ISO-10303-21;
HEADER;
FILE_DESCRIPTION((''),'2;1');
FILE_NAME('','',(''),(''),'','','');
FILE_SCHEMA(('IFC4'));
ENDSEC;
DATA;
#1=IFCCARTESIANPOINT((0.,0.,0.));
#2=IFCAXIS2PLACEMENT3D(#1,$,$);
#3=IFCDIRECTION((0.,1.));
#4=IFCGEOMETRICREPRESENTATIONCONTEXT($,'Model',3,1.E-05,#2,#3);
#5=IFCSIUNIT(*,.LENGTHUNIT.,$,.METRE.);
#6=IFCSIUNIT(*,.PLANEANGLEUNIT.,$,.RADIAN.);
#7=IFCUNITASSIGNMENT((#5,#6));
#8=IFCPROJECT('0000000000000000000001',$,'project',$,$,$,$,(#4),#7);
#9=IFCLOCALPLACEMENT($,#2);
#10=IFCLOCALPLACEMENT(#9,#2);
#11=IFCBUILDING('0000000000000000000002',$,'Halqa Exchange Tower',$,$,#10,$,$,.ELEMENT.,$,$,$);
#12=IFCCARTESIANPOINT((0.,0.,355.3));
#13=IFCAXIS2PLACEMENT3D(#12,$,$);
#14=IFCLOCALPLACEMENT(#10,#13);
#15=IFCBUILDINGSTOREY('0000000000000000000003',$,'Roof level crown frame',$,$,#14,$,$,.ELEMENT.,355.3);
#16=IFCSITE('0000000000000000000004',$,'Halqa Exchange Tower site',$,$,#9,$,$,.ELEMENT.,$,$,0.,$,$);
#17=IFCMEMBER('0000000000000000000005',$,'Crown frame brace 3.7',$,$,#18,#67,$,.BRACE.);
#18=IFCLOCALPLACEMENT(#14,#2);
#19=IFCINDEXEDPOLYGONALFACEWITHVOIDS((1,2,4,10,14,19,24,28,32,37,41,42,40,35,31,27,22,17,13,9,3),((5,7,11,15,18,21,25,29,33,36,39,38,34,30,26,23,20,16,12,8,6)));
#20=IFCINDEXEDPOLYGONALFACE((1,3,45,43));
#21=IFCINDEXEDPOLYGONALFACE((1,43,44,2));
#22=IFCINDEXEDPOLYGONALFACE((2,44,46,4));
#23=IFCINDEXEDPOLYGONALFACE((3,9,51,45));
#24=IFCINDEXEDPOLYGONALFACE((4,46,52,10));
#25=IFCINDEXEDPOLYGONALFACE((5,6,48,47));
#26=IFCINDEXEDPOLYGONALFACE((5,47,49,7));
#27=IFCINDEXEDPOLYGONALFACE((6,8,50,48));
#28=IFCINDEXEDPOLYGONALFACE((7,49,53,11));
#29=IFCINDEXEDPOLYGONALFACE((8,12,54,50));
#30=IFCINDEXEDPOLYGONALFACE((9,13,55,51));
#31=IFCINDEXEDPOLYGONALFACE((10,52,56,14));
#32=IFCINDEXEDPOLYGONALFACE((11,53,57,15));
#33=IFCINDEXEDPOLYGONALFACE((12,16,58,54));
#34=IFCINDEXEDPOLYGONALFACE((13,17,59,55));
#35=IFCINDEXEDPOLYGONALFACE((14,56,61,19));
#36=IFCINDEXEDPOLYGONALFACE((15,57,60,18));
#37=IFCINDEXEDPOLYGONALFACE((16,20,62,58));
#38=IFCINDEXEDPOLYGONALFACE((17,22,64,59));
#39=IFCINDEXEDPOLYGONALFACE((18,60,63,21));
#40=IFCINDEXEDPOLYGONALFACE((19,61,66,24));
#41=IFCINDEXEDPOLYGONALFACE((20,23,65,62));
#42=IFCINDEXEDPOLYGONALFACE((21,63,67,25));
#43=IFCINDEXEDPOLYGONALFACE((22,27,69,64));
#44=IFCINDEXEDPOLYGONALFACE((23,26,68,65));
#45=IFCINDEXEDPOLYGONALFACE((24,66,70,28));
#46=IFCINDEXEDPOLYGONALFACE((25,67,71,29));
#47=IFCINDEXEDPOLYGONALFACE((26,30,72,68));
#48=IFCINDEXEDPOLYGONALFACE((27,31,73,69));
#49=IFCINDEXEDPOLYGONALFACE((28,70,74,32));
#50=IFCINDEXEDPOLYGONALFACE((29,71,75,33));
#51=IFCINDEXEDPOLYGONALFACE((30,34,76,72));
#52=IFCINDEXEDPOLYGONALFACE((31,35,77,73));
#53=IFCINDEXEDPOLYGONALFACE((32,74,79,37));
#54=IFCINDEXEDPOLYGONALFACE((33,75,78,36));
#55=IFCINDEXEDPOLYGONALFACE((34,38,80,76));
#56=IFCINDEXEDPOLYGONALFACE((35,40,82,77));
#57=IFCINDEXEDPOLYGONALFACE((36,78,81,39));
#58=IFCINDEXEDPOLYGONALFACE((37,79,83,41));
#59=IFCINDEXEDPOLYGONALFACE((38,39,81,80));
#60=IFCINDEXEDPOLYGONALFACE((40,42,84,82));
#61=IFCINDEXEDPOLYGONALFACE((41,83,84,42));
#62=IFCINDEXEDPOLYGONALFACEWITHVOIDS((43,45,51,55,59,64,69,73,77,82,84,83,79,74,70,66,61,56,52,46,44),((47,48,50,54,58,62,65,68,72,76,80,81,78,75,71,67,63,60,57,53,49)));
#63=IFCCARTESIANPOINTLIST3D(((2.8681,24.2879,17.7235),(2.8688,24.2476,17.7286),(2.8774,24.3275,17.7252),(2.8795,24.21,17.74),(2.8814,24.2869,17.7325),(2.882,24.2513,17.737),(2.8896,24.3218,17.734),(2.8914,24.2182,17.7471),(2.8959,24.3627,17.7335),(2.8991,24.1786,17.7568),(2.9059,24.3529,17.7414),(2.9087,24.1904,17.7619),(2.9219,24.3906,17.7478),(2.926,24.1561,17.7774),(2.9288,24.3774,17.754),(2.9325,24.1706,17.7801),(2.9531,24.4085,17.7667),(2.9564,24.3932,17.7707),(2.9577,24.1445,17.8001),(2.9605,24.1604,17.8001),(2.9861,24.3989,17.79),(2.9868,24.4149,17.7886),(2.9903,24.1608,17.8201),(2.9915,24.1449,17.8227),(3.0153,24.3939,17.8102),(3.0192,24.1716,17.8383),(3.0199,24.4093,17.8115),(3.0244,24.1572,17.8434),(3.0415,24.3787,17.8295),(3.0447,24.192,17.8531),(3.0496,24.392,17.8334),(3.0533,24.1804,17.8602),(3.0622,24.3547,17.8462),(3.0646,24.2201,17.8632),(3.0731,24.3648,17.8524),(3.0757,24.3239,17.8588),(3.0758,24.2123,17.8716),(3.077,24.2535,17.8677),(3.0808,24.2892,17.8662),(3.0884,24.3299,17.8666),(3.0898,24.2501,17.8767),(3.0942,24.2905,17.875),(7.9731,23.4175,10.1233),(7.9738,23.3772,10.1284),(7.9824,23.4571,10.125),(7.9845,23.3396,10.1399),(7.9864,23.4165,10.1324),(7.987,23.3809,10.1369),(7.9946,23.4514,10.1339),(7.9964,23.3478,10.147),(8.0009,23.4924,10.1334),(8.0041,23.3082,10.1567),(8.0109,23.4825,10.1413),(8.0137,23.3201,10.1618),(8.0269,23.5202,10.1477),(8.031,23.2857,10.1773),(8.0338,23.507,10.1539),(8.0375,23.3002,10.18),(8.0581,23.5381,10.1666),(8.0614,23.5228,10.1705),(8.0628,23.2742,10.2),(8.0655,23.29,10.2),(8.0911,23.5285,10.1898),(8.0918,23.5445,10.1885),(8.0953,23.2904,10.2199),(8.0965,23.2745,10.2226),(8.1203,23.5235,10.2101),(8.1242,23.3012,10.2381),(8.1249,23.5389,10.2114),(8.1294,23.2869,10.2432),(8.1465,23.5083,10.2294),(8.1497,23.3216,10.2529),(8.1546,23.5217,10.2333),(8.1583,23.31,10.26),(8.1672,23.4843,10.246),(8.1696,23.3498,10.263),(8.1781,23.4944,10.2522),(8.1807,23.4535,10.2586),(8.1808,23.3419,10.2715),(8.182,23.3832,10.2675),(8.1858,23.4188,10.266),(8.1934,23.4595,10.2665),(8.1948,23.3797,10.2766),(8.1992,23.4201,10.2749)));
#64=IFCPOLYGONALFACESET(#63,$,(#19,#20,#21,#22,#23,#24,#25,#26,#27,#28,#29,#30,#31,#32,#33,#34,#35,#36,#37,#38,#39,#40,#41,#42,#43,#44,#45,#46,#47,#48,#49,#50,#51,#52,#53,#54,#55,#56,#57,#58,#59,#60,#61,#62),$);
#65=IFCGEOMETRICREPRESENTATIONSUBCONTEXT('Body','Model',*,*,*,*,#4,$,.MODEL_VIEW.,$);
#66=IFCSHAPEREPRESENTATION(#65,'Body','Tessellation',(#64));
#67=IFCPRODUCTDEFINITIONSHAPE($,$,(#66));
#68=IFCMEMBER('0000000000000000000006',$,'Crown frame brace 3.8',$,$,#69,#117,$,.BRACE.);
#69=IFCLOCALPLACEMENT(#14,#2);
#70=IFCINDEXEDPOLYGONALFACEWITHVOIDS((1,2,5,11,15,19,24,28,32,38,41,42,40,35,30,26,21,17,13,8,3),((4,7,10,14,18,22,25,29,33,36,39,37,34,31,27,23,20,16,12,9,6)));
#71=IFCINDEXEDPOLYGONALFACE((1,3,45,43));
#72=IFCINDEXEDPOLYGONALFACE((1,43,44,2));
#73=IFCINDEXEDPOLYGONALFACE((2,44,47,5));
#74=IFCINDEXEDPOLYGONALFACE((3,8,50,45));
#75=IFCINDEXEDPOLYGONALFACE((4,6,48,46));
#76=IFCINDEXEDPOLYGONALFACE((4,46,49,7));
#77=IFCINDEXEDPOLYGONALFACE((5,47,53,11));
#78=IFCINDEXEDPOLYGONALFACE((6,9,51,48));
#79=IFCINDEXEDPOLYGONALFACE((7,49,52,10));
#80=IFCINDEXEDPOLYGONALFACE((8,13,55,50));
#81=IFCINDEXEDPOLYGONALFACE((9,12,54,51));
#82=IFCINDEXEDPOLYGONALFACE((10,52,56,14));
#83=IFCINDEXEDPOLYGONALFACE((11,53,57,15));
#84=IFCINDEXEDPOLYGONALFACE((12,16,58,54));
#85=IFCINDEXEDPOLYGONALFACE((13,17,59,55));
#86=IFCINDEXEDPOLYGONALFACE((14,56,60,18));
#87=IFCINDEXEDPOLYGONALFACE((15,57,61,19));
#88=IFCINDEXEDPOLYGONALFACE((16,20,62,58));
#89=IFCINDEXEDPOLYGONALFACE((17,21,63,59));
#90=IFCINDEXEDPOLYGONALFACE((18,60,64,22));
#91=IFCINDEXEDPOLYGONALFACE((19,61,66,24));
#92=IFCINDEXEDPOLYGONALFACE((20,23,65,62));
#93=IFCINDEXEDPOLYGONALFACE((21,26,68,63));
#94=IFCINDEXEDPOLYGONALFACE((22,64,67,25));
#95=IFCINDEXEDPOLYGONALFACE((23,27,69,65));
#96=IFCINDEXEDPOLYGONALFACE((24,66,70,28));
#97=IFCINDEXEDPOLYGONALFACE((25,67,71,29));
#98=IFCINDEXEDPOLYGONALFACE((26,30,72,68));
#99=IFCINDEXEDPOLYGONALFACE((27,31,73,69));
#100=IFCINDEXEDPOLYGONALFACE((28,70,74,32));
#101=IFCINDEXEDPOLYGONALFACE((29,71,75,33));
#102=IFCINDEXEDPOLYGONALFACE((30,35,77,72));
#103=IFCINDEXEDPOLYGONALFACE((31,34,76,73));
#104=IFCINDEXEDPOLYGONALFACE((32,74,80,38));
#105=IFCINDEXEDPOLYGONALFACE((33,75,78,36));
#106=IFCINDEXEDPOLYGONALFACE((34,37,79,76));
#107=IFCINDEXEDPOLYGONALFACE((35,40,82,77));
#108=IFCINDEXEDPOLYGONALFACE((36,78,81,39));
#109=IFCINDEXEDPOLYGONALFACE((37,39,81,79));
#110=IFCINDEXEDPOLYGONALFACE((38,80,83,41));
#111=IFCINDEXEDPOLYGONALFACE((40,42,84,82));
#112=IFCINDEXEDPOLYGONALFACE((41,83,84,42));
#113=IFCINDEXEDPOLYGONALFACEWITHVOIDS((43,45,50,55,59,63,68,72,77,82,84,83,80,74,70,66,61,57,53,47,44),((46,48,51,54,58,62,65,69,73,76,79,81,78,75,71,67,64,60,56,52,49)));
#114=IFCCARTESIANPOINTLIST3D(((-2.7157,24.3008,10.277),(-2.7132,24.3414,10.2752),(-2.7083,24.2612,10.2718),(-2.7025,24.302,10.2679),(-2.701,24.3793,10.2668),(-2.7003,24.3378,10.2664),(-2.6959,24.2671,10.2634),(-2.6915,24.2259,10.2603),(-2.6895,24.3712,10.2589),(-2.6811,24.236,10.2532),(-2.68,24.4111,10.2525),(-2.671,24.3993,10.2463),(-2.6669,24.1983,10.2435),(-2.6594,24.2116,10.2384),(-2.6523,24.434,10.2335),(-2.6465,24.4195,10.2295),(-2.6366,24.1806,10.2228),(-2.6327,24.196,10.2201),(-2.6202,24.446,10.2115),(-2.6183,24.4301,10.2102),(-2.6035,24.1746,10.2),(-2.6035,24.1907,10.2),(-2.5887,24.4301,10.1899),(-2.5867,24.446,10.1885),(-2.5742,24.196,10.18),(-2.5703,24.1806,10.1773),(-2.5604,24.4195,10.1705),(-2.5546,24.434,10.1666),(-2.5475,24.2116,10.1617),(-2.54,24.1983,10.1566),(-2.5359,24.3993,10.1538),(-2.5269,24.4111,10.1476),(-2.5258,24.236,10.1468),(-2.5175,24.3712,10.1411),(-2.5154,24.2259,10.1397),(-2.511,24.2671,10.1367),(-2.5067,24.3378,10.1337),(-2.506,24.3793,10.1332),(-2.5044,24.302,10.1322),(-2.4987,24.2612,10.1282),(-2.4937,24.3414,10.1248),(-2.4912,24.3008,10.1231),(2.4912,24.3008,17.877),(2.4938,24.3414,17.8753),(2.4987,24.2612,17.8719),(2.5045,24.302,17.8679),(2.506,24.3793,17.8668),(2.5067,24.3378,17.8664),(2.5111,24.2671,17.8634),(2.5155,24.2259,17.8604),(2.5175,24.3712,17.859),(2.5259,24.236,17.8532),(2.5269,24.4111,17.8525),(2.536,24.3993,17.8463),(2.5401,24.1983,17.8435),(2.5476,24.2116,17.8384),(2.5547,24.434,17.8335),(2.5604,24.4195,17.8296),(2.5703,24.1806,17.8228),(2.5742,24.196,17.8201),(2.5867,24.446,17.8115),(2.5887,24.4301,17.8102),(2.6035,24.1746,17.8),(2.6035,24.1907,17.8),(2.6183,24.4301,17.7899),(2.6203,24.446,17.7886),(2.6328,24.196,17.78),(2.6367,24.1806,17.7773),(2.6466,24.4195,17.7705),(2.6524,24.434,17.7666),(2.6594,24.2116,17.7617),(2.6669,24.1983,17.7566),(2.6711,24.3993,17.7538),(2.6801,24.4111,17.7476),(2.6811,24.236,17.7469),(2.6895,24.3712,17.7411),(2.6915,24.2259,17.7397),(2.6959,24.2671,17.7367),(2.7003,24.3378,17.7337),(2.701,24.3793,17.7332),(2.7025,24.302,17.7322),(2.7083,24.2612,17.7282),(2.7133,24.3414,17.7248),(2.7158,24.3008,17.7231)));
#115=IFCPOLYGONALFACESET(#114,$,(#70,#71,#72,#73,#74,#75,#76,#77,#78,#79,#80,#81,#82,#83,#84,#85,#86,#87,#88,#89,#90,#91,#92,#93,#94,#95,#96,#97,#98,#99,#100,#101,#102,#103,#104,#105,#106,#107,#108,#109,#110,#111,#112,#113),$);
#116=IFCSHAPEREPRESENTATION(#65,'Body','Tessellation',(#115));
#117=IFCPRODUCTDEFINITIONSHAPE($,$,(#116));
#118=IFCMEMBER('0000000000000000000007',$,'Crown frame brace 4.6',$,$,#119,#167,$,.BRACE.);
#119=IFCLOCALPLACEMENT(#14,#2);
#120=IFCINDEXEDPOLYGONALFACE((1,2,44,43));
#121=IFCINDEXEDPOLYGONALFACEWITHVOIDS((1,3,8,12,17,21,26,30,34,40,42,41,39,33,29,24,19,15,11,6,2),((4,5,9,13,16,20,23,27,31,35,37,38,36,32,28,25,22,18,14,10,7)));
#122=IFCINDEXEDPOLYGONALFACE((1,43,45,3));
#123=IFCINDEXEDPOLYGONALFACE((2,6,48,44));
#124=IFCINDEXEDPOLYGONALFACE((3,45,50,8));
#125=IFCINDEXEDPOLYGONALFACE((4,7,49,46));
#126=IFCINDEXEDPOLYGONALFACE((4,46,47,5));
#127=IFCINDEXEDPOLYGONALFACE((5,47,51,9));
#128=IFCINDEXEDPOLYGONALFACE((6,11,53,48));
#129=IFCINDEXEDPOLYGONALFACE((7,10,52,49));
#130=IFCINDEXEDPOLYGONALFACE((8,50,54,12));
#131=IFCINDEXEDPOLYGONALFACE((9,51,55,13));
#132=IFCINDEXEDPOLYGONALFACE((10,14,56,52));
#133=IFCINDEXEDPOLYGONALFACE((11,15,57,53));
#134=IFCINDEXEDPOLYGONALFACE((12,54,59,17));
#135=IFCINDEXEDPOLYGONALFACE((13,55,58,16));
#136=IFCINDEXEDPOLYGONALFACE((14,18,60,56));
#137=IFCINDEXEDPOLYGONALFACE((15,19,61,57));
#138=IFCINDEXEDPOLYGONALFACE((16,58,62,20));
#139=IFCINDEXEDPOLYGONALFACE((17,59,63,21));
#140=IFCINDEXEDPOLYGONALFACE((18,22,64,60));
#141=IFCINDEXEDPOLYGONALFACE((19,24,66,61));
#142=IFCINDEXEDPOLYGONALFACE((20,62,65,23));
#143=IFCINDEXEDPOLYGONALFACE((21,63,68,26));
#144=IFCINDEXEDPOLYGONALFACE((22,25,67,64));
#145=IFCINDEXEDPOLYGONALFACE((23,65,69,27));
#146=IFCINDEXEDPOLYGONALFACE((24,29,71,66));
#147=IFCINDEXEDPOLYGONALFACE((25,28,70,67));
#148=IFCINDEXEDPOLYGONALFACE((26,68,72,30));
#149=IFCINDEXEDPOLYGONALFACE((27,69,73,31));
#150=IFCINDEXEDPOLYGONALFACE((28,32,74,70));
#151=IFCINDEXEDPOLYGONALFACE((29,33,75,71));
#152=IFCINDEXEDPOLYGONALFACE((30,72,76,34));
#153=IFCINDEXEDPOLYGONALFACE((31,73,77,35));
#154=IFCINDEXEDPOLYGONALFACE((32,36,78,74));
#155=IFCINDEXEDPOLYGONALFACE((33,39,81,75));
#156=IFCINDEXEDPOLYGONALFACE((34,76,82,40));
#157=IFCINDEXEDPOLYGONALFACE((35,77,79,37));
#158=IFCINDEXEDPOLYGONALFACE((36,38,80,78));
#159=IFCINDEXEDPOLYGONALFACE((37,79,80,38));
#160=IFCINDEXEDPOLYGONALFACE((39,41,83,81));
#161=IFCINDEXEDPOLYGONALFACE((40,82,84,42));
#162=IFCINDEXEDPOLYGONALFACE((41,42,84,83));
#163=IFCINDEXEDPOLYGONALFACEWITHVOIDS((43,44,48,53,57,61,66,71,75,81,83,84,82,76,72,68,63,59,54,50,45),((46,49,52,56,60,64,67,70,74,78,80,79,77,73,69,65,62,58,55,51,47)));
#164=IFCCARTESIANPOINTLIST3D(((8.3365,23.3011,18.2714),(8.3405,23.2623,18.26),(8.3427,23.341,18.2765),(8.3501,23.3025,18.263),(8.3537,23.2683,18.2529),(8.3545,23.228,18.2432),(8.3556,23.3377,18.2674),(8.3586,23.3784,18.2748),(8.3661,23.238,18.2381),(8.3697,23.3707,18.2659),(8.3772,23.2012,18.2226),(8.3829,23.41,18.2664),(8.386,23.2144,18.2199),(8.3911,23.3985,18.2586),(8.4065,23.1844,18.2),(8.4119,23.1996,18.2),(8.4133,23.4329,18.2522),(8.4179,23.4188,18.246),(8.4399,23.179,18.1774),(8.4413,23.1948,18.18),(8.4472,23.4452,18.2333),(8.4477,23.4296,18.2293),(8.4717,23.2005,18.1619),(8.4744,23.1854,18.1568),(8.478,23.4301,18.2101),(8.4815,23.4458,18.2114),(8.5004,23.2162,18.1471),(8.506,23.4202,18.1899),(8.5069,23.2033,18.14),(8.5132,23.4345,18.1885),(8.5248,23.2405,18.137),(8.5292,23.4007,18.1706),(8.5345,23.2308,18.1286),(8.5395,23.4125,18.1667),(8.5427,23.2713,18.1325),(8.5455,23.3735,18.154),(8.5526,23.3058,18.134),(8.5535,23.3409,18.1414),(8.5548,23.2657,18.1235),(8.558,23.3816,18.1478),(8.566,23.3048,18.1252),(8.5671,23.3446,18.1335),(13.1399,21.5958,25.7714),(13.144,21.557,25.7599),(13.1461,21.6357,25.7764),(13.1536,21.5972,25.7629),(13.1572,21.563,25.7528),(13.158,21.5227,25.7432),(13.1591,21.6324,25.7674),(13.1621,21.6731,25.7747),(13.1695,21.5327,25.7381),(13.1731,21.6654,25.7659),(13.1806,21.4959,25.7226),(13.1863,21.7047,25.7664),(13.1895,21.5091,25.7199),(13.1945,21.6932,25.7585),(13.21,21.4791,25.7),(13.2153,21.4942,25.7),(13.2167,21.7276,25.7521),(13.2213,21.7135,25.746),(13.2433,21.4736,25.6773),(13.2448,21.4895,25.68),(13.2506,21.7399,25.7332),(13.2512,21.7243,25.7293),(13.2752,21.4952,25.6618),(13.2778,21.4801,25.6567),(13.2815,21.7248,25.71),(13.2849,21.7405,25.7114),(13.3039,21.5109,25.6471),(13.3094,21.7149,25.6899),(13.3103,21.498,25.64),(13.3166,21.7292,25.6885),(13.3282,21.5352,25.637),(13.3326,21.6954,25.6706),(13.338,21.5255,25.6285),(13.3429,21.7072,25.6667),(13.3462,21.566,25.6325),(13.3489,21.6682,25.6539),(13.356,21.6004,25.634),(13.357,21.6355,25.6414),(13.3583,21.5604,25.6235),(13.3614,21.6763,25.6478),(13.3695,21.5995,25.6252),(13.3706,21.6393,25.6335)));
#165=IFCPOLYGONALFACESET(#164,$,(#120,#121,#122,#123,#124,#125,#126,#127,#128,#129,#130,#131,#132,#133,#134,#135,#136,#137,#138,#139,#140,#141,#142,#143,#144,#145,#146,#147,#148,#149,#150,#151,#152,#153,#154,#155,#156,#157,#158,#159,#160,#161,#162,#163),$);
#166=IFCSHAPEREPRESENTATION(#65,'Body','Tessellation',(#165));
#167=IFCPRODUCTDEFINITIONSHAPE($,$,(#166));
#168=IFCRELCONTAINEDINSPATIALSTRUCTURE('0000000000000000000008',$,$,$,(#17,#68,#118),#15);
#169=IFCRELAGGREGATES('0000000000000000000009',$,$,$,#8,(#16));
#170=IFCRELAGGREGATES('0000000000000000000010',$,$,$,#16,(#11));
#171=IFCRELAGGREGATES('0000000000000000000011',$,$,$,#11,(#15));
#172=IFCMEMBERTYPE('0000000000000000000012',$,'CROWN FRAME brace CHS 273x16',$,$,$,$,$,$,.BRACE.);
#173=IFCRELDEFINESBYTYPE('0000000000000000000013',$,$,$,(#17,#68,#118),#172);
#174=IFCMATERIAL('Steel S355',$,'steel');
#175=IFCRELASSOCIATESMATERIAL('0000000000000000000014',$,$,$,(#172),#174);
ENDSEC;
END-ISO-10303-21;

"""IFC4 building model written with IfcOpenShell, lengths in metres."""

from ifc_helpers import new_model, si_unit, direction, frame, origin, origin_2d, place, context, subcontext, project, spatial, hollow_circle, extrude, material, material_profile, profile_set, type_object, element, save


model = new_model("IFC4")

# Units and contexts
model_context = context("Model", 3, precision=1e-05, world=origin(), true_north=direction((0.0, 1.0)))
body_context = subcontext(model_context, "Body", "Model", "MODEL_VIEW")
ifc_project = project(units=[si_unit("LENGTHUNIT", "METRE"), si_unit("PLANEANGLEUNIT", "RADIAN")], contexts=[model_context])

# Site, building, storey
site_placement = place(None, origin())
site = spatial("IfcSite", under=ifc_project, at=site_placement, Name="Halqa Exchange Tower site", CompositionType="ELEMENT", RefElevation=0.0)
building_placement = place(site_placement, origin())
building = spatial("IfcBuilding", under=site, at=building_placement, Name="Halqa Exchange Tower", CompositionType="ELEMENT")
storey_placement = place(building_placement, frame((0.0, 0.0, 355.3)))
storey = spatial("IfcBuildingStorey", under=building, at=storey_placement, Name="Roof level crown frame", CompositionType="ELEMENT", Elevation=355.3)

# Members
ifc_material_1 = material(Name="Steel S355", Category="steel")
ifc_material_profile_1 = material_profile(ifc_material_1, hollow_circle(Radius=0.1365, WallThickness=0.0161, at=origin_2d()), Name="CHS 273x16")
ifc_profile_set_1 = profile_set([ifc_material_profile_1], Name="Steel S355")
member_type = type_object("IfcMemberType", Name="CROWN FRAME brace CHS 273x16", PredefinedType="BRACE", material=ifc_profile_set_1)
member_1_placement = place(storey_placement, frame((8.0857, 23.4087, 10.2), z_axis=(-0.555086, 0.094638, 0.826391), x_axis=(-0.168067, -0.985776, 0.0)))
element("IfcMember", 1, at=member_1_placement, inside=storey, type_object=member_type, Name="Crown frame brace 3.7", PredefinedType="BRACE", context=body_context, shape_type="SweptSolid", body=[
    extrude(hollow_circle(Radius=0.1365, WallThickness=0.0161, at=origin_2d()), origin(), (0.0, 0.0, 1.0), 9.1968),
])
member_2_placement = place(storey_placement, frame((2.6035, 24.311, 17.8), z_axis=(-0.565199, 0.0, -0.824955), x_axis=(0.0, -1.0, 0.0)))
element("IfcMember", 2, at=member_2_placement, inside=storey, type_object=member_type, Name="Crown frame brace 3.8", PredefinedType="BRACE", context=body_context, shape_type="SweptSolid", body=[
    extrude(hollow_circle(Radius=0.1365, WallThickness=0.0161, at=origin_2d()), origin(), (0.0, 0.0, 1.0), 9.2126),
])
member_3_placement = place(storey_placement, frame((13.2556, 21.6077, 25.7), z_axis=(-0.529707, 0.188056, -0.82707), x_axis=(-0.334561, -0.942374, 0.0)))
element("IfcMember", 3, at=member_3_placement, inside=storey, type_object=member_type, Name="Crown frame brace 4.6", PredefinedType="BRACE", context=body_context, shape_type="SweptSolid", body=[
    extrude(hollow_circle(Radius=0.1365, WallThickness=0.0161, at=origin_2d()), origin(), (0.0, 0.0, 1.0), 9.0681),
])

save(model, "model.ifc")
